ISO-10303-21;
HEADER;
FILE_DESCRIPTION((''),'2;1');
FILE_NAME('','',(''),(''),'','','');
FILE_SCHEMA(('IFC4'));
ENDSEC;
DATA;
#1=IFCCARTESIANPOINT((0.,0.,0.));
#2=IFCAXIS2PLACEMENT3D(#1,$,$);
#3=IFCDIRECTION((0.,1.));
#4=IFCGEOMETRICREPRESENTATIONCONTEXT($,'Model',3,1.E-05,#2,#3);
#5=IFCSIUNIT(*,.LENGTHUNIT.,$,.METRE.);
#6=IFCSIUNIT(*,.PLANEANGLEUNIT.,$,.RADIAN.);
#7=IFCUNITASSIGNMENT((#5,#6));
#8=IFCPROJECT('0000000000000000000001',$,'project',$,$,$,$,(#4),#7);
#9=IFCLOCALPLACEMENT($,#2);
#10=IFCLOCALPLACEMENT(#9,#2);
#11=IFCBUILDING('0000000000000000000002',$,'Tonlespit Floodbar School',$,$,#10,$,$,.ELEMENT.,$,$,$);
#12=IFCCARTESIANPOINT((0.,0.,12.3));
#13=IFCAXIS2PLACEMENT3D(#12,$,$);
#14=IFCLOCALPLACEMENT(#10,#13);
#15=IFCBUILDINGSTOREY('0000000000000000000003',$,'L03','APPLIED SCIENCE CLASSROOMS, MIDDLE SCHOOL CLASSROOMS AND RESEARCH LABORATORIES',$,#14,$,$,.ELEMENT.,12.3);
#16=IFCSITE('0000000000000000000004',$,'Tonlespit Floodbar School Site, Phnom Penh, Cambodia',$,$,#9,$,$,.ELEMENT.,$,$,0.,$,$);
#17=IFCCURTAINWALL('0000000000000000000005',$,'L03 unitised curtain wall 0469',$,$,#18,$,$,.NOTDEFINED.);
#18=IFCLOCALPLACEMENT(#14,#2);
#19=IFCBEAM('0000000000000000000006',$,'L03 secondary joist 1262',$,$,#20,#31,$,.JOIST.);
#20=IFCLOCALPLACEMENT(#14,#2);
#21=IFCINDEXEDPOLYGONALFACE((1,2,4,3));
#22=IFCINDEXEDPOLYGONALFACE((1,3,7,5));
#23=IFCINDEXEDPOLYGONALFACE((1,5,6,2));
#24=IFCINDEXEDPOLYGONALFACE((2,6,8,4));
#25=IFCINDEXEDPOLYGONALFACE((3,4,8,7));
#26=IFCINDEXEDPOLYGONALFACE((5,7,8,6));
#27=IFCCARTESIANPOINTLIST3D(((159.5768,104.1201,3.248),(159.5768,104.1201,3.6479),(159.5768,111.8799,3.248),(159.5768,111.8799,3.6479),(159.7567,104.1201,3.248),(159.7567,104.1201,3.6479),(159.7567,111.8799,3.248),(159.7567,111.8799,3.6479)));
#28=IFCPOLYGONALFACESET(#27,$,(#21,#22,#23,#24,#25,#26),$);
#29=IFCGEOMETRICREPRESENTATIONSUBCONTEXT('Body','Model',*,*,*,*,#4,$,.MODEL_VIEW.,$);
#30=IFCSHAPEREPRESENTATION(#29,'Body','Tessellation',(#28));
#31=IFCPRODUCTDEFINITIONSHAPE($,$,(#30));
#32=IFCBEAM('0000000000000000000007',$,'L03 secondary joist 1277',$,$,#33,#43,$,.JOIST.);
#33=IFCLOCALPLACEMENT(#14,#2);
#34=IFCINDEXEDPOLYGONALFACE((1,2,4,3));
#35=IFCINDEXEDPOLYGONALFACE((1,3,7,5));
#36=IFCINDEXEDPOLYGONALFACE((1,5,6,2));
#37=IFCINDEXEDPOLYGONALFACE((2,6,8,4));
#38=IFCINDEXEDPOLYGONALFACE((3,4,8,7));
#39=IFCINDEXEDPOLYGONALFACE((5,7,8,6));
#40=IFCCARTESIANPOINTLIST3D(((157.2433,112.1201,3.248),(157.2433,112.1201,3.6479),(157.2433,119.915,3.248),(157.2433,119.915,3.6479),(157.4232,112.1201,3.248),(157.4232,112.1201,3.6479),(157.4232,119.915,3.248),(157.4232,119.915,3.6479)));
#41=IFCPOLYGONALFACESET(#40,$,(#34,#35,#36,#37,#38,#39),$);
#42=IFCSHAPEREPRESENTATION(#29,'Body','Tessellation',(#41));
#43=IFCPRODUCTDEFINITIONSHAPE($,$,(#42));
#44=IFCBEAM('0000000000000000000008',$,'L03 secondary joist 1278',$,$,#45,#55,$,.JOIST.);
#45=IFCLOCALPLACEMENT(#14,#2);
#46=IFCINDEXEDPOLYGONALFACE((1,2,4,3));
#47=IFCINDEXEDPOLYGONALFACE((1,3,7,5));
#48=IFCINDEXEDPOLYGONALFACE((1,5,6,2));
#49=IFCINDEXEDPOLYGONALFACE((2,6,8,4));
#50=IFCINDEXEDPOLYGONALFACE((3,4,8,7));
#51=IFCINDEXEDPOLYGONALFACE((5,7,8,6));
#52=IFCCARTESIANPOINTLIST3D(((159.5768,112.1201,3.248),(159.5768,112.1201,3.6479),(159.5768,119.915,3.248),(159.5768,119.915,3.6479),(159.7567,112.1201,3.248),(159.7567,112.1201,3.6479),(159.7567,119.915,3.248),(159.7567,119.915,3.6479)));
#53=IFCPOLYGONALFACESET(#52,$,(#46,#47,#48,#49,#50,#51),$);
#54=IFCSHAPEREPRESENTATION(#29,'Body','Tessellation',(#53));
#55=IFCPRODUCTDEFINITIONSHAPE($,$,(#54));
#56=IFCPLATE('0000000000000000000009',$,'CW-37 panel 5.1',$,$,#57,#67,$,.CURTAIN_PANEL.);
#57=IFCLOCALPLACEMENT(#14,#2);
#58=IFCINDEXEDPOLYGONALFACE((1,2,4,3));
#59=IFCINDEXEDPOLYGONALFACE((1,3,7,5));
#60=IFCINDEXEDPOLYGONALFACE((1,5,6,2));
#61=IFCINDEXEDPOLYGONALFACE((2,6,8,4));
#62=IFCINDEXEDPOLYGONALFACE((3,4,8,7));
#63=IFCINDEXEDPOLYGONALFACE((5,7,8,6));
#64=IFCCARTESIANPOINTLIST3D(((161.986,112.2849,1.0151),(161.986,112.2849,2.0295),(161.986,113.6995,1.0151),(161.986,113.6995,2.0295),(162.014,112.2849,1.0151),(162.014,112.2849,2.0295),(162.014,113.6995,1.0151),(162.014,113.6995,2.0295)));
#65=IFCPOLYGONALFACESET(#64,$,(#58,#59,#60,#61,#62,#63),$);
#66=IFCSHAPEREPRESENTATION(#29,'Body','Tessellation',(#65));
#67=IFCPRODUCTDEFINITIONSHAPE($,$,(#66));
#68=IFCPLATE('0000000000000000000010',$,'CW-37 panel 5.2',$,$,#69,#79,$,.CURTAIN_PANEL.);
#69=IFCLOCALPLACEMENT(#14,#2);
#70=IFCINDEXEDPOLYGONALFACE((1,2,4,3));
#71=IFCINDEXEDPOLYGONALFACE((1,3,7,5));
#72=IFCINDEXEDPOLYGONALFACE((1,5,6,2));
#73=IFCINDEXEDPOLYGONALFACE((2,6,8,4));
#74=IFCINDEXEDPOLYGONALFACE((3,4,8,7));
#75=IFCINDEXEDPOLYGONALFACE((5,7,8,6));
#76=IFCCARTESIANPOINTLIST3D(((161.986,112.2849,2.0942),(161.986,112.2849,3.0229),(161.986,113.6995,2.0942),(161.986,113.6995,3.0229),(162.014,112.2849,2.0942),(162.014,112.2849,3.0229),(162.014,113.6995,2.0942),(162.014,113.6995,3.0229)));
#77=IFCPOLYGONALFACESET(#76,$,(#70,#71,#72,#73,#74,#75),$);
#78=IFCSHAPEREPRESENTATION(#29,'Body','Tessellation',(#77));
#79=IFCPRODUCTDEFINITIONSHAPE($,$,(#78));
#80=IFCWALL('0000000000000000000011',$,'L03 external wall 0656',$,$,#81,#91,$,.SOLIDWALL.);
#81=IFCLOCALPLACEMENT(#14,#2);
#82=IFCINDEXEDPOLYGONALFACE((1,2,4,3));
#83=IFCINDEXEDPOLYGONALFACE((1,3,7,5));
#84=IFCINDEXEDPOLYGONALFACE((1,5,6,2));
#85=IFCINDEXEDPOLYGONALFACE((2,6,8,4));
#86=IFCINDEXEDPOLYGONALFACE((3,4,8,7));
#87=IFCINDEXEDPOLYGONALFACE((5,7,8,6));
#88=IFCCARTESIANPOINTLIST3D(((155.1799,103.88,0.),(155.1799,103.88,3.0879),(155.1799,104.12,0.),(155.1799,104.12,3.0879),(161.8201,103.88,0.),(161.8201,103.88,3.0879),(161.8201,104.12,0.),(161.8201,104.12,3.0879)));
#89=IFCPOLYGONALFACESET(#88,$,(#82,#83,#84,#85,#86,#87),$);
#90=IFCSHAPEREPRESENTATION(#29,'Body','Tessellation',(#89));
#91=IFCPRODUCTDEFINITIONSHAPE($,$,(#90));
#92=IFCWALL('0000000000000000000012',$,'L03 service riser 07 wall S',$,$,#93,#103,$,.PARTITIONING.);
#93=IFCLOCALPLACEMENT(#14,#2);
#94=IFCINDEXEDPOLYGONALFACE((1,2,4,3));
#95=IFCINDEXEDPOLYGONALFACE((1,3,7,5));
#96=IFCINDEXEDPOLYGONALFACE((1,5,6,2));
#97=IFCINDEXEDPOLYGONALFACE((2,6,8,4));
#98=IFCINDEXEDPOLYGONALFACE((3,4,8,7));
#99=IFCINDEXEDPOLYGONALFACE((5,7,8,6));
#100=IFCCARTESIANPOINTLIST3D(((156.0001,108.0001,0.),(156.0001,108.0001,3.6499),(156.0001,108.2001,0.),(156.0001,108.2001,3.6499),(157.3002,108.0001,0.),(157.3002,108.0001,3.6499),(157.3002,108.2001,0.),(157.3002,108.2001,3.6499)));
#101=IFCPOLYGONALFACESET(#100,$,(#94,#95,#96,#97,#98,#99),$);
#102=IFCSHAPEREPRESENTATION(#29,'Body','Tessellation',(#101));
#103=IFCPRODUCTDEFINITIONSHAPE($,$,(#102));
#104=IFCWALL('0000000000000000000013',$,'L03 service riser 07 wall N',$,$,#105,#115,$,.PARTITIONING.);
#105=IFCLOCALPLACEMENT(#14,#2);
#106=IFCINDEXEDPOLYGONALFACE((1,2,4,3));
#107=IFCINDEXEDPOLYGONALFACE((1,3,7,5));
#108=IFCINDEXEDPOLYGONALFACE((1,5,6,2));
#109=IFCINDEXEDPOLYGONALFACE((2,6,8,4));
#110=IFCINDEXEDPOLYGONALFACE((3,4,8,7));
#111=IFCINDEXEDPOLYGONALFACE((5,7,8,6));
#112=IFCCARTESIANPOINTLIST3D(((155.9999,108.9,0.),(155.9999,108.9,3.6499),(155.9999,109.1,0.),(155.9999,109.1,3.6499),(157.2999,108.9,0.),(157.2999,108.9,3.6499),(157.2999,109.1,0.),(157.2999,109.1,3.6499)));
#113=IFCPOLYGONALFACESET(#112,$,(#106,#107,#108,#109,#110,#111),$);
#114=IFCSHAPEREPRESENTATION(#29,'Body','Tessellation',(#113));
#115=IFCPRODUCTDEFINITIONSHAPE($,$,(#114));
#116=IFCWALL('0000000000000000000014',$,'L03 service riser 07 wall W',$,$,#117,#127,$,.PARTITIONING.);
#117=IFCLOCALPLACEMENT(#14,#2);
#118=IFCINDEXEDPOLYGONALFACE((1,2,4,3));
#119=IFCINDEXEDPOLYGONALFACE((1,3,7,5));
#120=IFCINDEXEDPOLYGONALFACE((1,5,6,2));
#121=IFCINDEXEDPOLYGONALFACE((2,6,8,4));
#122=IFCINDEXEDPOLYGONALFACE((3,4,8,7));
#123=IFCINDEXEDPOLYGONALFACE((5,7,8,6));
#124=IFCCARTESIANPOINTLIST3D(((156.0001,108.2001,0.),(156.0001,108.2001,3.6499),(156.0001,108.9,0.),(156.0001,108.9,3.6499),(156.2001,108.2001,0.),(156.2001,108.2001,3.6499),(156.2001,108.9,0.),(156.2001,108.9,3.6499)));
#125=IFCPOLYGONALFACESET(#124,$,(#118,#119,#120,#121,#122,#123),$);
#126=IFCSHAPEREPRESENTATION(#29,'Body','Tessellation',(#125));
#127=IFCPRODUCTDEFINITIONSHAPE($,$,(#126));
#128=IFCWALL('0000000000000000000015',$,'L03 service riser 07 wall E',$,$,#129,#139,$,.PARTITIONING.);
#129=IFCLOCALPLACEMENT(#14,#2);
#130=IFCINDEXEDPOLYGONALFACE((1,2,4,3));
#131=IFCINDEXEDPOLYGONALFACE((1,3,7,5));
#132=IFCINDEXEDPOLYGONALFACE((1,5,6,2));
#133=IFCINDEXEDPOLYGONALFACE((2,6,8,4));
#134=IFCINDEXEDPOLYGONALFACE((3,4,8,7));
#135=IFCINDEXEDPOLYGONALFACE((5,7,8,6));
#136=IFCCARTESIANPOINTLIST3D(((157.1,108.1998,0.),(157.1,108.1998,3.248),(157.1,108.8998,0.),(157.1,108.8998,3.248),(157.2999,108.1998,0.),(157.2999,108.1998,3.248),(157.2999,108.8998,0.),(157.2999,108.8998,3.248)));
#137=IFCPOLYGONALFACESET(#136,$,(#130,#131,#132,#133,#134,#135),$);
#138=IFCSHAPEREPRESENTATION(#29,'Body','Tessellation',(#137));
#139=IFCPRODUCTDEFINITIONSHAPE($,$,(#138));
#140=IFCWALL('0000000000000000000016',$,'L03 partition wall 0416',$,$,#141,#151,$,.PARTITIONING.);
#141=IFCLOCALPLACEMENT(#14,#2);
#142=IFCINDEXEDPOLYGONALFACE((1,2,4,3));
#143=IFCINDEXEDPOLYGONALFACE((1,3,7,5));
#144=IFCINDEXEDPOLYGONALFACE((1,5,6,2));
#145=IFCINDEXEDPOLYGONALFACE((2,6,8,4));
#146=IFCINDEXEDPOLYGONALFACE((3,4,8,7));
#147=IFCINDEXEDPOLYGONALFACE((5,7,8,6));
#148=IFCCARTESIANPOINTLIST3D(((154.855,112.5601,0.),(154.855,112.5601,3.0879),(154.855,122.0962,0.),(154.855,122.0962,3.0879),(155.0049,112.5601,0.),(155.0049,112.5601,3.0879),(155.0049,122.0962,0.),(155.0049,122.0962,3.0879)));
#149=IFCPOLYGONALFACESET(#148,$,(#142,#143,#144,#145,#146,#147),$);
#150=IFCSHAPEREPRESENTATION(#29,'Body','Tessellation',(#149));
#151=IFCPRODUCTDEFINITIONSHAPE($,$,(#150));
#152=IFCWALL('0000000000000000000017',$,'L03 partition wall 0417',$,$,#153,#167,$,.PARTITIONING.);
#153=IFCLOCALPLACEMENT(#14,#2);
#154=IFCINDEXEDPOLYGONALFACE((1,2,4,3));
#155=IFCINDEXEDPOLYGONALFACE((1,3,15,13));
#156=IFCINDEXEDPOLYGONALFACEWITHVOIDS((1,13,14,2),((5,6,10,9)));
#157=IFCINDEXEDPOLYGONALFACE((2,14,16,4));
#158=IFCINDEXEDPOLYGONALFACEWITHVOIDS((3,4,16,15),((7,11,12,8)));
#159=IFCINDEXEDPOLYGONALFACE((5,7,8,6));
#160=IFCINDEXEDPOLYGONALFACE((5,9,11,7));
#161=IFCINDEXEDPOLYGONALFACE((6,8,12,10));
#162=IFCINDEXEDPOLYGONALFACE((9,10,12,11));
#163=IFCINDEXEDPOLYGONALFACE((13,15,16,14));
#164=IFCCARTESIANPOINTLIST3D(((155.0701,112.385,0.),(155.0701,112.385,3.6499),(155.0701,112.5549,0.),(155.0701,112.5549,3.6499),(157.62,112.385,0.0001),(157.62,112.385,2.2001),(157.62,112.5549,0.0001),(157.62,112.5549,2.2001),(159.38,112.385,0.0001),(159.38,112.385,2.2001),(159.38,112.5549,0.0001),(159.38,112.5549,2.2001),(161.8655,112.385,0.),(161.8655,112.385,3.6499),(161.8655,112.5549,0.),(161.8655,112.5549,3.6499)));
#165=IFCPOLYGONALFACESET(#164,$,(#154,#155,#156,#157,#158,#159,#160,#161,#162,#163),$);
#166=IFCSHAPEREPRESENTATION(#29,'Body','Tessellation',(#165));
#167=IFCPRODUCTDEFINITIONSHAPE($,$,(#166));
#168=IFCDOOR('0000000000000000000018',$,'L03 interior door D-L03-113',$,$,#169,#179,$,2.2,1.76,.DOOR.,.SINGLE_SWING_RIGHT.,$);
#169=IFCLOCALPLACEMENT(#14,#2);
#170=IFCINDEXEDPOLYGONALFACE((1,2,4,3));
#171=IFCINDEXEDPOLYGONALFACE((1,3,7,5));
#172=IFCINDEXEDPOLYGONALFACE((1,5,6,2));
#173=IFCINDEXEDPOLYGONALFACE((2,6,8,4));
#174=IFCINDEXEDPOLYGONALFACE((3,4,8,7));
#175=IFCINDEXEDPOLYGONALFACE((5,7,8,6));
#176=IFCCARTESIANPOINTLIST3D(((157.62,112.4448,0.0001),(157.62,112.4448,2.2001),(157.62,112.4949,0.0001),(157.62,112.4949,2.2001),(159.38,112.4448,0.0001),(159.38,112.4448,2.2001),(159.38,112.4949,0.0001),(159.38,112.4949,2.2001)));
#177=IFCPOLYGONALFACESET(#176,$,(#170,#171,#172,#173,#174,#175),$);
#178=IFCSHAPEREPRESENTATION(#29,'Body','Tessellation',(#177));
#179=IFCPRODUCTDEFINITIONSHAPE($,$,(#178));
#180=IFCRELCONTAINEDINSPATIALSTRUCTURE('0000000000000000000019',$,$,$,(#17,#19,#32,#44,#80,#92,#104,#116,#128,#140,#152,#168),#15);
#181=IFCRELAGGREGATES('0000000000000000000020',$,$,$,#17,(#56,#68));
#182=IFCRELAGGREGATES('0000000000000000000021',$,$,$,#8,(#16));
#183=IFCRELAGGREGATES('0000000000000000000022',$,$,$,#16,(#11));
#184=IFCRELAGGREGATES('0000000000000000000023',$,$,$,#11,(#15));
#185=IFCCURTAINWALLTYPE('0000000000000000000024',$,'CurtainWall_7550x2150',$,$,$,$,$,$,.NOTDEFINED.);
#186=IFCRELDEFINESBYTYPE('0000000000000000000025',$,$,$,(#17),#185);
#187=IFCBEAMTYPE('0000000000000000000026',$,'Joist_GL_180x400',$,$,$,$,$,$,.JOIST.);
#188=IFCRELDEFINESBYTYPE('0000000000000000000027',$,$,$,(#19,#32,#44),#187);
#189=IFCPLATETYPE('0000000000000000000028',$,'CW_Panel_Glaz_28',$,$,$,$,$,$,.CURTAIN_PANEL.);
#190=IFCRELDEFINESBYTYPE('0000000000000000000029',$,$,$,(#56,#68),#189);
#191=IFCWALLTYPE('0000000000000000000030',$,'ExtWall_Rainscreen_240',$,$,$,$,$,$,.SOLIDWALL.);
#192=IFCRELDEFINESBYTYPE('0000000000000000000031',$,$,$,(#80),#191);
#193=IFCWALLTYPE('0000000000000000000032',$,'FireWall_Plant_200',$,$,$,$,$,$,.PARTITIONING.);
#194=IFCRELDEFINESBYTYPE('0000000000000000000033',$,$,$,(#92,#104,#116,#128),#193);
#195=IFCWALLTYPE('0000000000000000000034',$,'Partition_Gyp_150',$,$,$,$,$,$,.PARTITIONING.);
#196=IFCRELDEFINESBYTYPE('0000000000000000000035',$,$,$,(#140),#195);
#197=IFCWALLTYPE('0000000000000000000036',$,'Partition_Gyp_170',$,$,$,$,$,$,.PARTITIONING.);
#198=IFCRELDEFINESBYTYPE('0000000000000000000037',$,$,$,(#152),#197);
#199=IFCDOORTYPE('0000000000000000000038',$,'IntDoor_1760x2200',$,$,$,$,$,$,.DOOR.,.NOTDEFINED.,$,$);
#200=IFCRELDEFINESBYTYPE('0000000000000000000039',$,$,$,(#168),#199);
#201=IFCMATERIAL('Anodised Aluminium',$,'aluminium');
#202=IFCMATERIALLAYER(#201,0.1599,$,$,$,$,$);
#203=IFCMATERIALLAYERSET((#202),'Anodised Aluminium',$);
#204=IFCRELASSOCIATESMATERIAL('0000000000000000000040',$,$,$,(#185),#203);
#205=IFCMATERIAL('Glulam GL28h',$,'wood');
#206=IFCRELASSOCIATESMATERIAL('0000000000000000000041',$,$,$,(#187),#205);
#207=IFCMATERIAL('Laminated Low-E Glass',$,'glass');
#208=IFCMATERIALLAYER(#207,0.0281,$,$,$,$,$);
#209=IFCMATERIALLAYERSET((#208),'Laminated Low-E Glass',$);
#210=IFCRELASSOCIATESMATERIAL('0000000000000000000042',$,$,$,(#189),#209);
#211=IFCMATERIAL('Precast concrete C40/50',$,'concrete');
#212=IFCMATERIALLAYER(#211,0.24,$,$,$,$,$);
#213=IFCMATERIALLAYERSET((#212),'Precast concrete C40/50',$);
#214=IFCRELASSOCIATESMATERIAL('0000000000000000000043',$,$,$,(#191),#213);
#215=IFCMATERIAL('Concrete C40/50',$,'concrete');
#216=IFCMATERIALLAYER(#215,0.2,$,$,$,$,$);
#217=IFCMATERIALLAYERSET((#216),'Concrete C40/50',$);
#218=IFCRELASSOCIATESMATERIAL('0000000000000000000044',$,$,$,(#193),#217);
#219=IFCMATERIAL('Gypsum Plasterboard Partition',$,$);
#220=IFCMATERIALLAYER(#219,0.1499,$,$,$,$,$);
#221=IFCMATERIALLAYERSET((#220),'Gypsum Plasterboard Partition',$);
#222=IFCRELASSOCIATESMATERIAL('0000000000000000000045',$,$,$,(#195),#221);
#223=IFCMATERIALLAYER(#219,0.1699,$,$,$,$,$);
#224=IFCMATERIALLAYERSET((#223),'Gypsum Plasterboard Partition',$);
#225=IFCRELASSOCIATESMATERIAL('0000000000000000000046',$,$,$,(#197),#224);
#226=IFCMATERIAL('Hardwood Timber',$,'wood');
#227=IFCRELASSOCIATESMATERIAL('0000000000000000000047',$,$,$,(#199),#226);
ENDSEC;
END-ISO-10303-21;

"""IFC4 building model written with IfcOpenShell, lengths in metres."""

from ifc_helpers import new_model, si_unit, direction, frame, frame_2d, origin, origin_2d, place, context, subcontext, project, spatial, rectangle, extrude, material, layer, layer_set, material_profile, profile_set, type_object, element, fill, aggregate, save


model = new_model("IFC4")

# Units and contexts
model_context = context("Model", 3, precision=1e-05, world=origin(), true_north=direction((0.0, 1.0)))
body_context = subcontext(model_context, "Body", "Model", "MODEL_VIEW")
ifc_project = project(units=[si_unit("LENGTHUNIT", "METRE"), si_unit("PLANEANGLEUNIT", "RADIAN")], contexts=[model_context])

# Site, building, storey
site_placement = place(None, origin())
site = spatial("IfcSite", under=ifc_project, at=site_placement, Name="Tonlespit Floodbar School Site, Phnom Penh, Cambodia", CompositionType="ELEMENT", RefElevation=0.0)
building_placement = place(site_placement, origin())
building = spatial("IfcBuilding", under=site, at=building_placement, Name="Tonlespit Floodbar School", CompositionType="ELEMENT")
storey_placement = place(building_placement, frame((0.0, 0.0, 12.3)))
storey = spatial("IfcBuildingStorey", under=building, at=storey_placement, Name="L03", Description="APPLIED SCIENCE CLASSROOMS, MIDDLE SCHOOL CLASSROOMS AND RESEARCH LABORATORIES", CompositionType="ELEMENT", Elevation=12.3)

# Shared definitions
ifc_material_1 = material(Name="Glulam GL28h", Category="wood")

# Curtain wall
ifc_material_2 = material(Name="Anodised Aluminium", Category="aluminium")
ifc_layer_1 = layer(ifc_material_2, 0.1599)
ifc_layer_set_1 = layer_set([ifc_layer_1], Name="Anodised Aluminium")
curtain_wall_type = type_object("IfcCurtainWallType", Name="CurtainWall_7550x2150", PredefinedType="NOTDEFINED", material=ifc_layer_set_1)
curtain_wall_placement = place(storey_placement, origin())
curtain_wall = element("IfcCurtainWall", 1, at=curtain_wall_placement, inside=storey, type_object=curtain_wall_type, Name="L03 unitised curtain wall 0469", PredefinedType="NOTDEFINED")

# Beams
ifc_material_profile_1 = material_profile(ifc_material_1, rectangle(XDim=0.1799, YDim=0.3999, at=origin_2d()), Name="GL 180x400")
ifc_profile_set_1 = profile_set([ifc_material_profile_1], Name="Glulam GL28h")
beam_type_1 = type_object("IfcBeamType", Name="Joist_GL_180x400", PredefinedType="JOIST", material=ifc_profile_set_1)
for number, where, z_axis, x_axis, name in (
    (2, (159.6667, 104.1201, 3.448), (0.0, 1.0, 0.0), (-1.0, 0.0, 0.0), "L03 secondary joist 1262"),
):
    element("IfcBeam", number, at=place(storey_placement, frame(where, z_axis=z_axis, x_axis=x_axis)), inside=storey, type_object=beam_type_1, Name=name, PredefinedType="JOIST", context=body_context, shape_type="SweptSolid", body=[
        extrude(rectangle(XDim=0.1799, YDim=0.3999, at=origin_2d()), origin(), (0.0, 0.0, 1.0), 7.7598),
    ])
for number, where, z_axis, x_axis, name in (
    (3, (157.3333, 112.1201, 3.448), (0.0, 1.0, 0.0), (-1.0, 0.0, 0.0), "L03 secondary joist 1277"),
    (4, (159.6667, 112.1201, 3.448), (0.0, 1.0, 0.0), (-1.0, 0.0, 0.0), "L03 secondary joist 1278"),
):
    element("IfcBeam", number, at=place(storey_placement, frame(where, z_axis=z_axis, x_axis=x_axis)), inside=storey, type_object=beam_type_1, Name=name, PredefinedType="JOIST", context=body_context, shape_type="SweptSolid", body=[
        extrude(rectangle(XDim=0.1799, YDim=0.3999, at=origin_2d()), origin(), (0.0, 0.0, 1.0), 7.7949),
    ])

# Plates
ifc_material_3 = material(Name="Laminated Low-E Glass", Category="glass")
ifc_layer_2 = layer(ifc_material_3, 0.0281)
ifc_layer_set_2 = layer_set([ifc_layer_2], Name="Laminated Low-E Glass")
plate_type = type_object("IfcPlateType", Name="CW_Panel_Glaz_28", PredefinedType="CURTAIN_PANEL", material=ifc_layer_set_2)
plate_1_placement = place(storey_placement, frame((162.0, 112.9922, 1.0151), z_axis=(0.0, 0.0, 1.0), x_axis=(0.0, -1.0, 0.0)))
plate_1 = element("IfcPlate", 5, at=plate_1_placement, type_object=plate_type, Name="CW-37 panel 5.1", PredefinedType="CURTAIN_PANEL", context=body_context, shape_type="SweptSolid", body=[
    extrude(rectangle(XDim=1.4146, YDim=0.0281, at=origin_2d()), origin(), (0.0, 0.0, 1.0), 1.0144),
])
plate_2_placement = place(storey_placement, frame((162.0, 112.9922, 2.0942), z_axis=(0.0, 0.0, 1.0), x_axis=(0.0, -1.0, 0.0)))
plate_2 = element("IfcPlate", 6, at=plate_2_placement, type_object=plate_type, Name="CW-37 panel 5.2", PredefinedType="CURTAIN_PANEL", context=body_context, shape_type="SweptSolid", body=[
    extrude(rectangle(XDim=1.4146, YDim=0.0281, at=origin_2d()), origin(), (0.0, 0.0, 1.0), 0.9287),
])
aggregate(curtain_wall, [plate_1, plate_2])

# Shared definitions
ifc_material_4 = material(Name="Precast concrete C40/50", Category="concrete")
ifc_layer_3 = layer(ifc_material_4, 0.24)
ifc_layer_set_3 = layer_set([ifc_layer_3], Name="Precast concrete C40/50")
wall_type_1 = type_object("IfcWallType", Name="ExtWall_Rainscreen_240", PredefinedType="SOLIDWALL", material=ifc_layer_set_3)

# Walls
wall_1_placement = place(storey_placement, frame((161.8201, 104.0, 0.0), z_axis=(0.0, 0.0, 1.0), x_axis=(-1.0, 0.0, 0.0)))
element("IfcWall", 7, at=wall_1_placement, inside=storey, type_object=wall_type_1, Name="L03 external wall 0656", PredefinedType="SOLIDWALL", context=body_context, shape_type="SweptSolid", body=[
    extrude(rectangle(XDim=6.6401, YDim=0.24, at=frame_2d((3.3201, 0.0))), origin(), (0.0, 0.0, 1.0), 3.0879),
])
ifc_material_5 = material(Name="Concrete C40/50", Category="concrete")
ifc_layer_4 = layer(ifc_material_5, 0.2)
ifc_layer_set_4 = layer_set([ifc_layer_4], Name="Concrete C40/50")
wall_type_2 = type_object("IfcWallType", Name="FireWall_Plant_200", PredefinedType="PARTITIONING", material=ifc_layer_set_4)
for number, where, z_axis, x_axis, name in (
    (8, (157.3, 108.1001, 0.0), (0.0, 0.0, 1.0), (-1.0, 0.0, 0.0), "L03 service riser 07 wall S"),
    (9, (156.0, 109.0, 0.0), (0.0, 0.0, 1.0), (1.0, 0.0, 0.0), "L03 service riser 07 wall N"),
):
    element("IfcWall", number, at=place(storey_placement, frame(where, z_axis=z_axis, x_axis=x_axis)), inside=storey, type_object=wall_type_2, Name=name, PredefinedType="PARTITIONING", context=body_context, shape_type="SweptSolid", body=[
        extrude(rectangle(XDim=1.3, YDim=0.2, at=frame_2d((0.6499, 0.0))), origin(), (0.0, 0.0, 1.0), 3.6499),
    ])
wall_2_placement = place(storey_placement, frame((156.1001, 108.2, 0.0), z_axis=(0.0, 0.0, 1.0), x_axis=(0.0, 1.0, 0.0)))
element("IfcWall", 10, at=wall_2_placement, inside=storey, type_object=wall_type_2, Name="L03 service riser 07 wall W", PredefinedType="PARTITIONING", context=body_context, shape_type="SweptSolid", body=[
    extrude(rectangle(XDim=0.7, YDim=0.2, at=frame_2d((0.3501, 0.0))), origin(), (0.0, 0.0, 1.0), 3.6499),
])
wall_3_placement = place(storey_placement, frame((157.2, 108.8999, 0.0), z_axis=(0.0, 0.0, 1.0), x_axis=(0.0, -1.0, 0.0)))
element("IfcWall", 11, at=wall_3_placement, inside=storey, type_object=wall_type_2, Name="L03 service riser 07 wall E", PredefinedType="PARTITIONING", context=body_context, shape_type="SweptSolid", body=[
    extrude(rectangle(XDim=0.7, YDim=0.2, at=frame_2d((0.3501, 0.0))), origin(), (0.0, 0.0, 1.0), 3.248),
])
ifc_material_6 = material(Name="Gypsum Plasterboard Partition")
ifc_layer_5 = layer(ifc_material_6, 0.1499)
ifc_layer_set_5 = layer_set([ifc_layer_5], Name="Gypsum Plasterboard Partition")
wall_type_3 = type_object("IfcWallType", Name="Partition_Gyp_150", PredefinedType="PARTITIONING", material=ifc_layer_set_5)
wall_4_placement = place(storey_placement, frame((154.9299, 112.5601, 0.0), z_axis=(0.0, 0.0, 1.0), x_axis=(0.0, 1.0, 0.0)))
element("IfcWall", 12, at=wall_4_placement, inside=storey, type_object=wall_type_3, Name="L03 partition wall 0416", PredefinedType="PARTITIONING", context=body_context, shape_type="SweptSolid", body=[
    extrude(rectangle(XDim=9.5361, YDim=0.1499, at=frame_2d((4.7681, 0.0))), origin(), (0.0, 0.0, 1.0), 3.0879),
])

# Wall, opening, door
ifc_layer_6 = layer(ifc_material_6, 0.1699)
ifc_layer_set_6 = layer_set([ifc_layer_6], Name="Gypsum Plasterboard Partition")
wall_type_4 = type_object("IfcWallType", Name="Partition_Gyp_170", PredefinedType="PARTITIONING", material=ifc_layer_set_6)
wall_5_placement = place(storey_placement, frame((155.0701, 112.47, 0.0), z_axis=(0.0, 0.0, 1.0), x_axis=(1.0, 0.0, 0.0)))
wall_5 = element("IfcWall", 13, at=wall_5_placement, inside=storey, type_object=wall_type_4, Name="L03 partition wall 0417", PredefinedType="PARTITIONING", context=body_context, shape_type="SweptSolid", body=[
    extrude(rectangle(XDim=6.7954, YDim=0.1699, at=frame_2d((3.3977, 0.0))), origin(), (0.0, 0.0, 1.0), 3.6499),
])
opening_1_placement = place(wall_5_placement, frame((2.55, 0.0, 0.0)))
opening_1 = element("IfcOpeningElement", 14, at=opening_1_placement, cuts=wall_5, PredefinedType="OPENING", context=body_context, shape_type="SweptSolid", body=[
    extrude(rectangle(XDim=1.76, YDim=2.2, at=frame_2d((0.8799, 1.1001))), frame((0.0, 0.095, 0.0), z_axis=(0.0, -1.0, 0.0), x_axis=(1.0, 0.0, 0.0)), (0.0, 0.0, 1.0), 0.1899),
])
ifc_material_7 = material(Name="Hardwood Timber", Category="wood")
door_type_1 = type_object("IfcDoorType", Name="IntDoor_1760x2200", OperationType="NOTDEFINED", PredefinedType="DOOR", material=ifc_material_7)
door_1_placement = place(opening_1_placement, origin())
door_1 = element("IfcDoor", 15, at=door_1_placement, inside=storey, type_object=door_type_1, Name="L03 interior door D-L03-113", OperationType="SINGLE_SWING_RIGHT", OverallHeight=2.2, OverallWidth=1.76, PredefinedType="DOOR", context=body_context, shape_type="SweptSolid", body=[
    extrude(rectangle(XDim=1.76, YDim=2.2, at=frame_2d((0.8799, 1.1001))), frame((0.0, 0.0249, 0.0), z_axis=(0.0, -1.0, 0.0), x_axis=(1.0, 0.0, 0.0)), (0.0, 0.0, 1.0), 0.05),
])
fill(opening_1, door_1)

save(model, "model.ifc")
